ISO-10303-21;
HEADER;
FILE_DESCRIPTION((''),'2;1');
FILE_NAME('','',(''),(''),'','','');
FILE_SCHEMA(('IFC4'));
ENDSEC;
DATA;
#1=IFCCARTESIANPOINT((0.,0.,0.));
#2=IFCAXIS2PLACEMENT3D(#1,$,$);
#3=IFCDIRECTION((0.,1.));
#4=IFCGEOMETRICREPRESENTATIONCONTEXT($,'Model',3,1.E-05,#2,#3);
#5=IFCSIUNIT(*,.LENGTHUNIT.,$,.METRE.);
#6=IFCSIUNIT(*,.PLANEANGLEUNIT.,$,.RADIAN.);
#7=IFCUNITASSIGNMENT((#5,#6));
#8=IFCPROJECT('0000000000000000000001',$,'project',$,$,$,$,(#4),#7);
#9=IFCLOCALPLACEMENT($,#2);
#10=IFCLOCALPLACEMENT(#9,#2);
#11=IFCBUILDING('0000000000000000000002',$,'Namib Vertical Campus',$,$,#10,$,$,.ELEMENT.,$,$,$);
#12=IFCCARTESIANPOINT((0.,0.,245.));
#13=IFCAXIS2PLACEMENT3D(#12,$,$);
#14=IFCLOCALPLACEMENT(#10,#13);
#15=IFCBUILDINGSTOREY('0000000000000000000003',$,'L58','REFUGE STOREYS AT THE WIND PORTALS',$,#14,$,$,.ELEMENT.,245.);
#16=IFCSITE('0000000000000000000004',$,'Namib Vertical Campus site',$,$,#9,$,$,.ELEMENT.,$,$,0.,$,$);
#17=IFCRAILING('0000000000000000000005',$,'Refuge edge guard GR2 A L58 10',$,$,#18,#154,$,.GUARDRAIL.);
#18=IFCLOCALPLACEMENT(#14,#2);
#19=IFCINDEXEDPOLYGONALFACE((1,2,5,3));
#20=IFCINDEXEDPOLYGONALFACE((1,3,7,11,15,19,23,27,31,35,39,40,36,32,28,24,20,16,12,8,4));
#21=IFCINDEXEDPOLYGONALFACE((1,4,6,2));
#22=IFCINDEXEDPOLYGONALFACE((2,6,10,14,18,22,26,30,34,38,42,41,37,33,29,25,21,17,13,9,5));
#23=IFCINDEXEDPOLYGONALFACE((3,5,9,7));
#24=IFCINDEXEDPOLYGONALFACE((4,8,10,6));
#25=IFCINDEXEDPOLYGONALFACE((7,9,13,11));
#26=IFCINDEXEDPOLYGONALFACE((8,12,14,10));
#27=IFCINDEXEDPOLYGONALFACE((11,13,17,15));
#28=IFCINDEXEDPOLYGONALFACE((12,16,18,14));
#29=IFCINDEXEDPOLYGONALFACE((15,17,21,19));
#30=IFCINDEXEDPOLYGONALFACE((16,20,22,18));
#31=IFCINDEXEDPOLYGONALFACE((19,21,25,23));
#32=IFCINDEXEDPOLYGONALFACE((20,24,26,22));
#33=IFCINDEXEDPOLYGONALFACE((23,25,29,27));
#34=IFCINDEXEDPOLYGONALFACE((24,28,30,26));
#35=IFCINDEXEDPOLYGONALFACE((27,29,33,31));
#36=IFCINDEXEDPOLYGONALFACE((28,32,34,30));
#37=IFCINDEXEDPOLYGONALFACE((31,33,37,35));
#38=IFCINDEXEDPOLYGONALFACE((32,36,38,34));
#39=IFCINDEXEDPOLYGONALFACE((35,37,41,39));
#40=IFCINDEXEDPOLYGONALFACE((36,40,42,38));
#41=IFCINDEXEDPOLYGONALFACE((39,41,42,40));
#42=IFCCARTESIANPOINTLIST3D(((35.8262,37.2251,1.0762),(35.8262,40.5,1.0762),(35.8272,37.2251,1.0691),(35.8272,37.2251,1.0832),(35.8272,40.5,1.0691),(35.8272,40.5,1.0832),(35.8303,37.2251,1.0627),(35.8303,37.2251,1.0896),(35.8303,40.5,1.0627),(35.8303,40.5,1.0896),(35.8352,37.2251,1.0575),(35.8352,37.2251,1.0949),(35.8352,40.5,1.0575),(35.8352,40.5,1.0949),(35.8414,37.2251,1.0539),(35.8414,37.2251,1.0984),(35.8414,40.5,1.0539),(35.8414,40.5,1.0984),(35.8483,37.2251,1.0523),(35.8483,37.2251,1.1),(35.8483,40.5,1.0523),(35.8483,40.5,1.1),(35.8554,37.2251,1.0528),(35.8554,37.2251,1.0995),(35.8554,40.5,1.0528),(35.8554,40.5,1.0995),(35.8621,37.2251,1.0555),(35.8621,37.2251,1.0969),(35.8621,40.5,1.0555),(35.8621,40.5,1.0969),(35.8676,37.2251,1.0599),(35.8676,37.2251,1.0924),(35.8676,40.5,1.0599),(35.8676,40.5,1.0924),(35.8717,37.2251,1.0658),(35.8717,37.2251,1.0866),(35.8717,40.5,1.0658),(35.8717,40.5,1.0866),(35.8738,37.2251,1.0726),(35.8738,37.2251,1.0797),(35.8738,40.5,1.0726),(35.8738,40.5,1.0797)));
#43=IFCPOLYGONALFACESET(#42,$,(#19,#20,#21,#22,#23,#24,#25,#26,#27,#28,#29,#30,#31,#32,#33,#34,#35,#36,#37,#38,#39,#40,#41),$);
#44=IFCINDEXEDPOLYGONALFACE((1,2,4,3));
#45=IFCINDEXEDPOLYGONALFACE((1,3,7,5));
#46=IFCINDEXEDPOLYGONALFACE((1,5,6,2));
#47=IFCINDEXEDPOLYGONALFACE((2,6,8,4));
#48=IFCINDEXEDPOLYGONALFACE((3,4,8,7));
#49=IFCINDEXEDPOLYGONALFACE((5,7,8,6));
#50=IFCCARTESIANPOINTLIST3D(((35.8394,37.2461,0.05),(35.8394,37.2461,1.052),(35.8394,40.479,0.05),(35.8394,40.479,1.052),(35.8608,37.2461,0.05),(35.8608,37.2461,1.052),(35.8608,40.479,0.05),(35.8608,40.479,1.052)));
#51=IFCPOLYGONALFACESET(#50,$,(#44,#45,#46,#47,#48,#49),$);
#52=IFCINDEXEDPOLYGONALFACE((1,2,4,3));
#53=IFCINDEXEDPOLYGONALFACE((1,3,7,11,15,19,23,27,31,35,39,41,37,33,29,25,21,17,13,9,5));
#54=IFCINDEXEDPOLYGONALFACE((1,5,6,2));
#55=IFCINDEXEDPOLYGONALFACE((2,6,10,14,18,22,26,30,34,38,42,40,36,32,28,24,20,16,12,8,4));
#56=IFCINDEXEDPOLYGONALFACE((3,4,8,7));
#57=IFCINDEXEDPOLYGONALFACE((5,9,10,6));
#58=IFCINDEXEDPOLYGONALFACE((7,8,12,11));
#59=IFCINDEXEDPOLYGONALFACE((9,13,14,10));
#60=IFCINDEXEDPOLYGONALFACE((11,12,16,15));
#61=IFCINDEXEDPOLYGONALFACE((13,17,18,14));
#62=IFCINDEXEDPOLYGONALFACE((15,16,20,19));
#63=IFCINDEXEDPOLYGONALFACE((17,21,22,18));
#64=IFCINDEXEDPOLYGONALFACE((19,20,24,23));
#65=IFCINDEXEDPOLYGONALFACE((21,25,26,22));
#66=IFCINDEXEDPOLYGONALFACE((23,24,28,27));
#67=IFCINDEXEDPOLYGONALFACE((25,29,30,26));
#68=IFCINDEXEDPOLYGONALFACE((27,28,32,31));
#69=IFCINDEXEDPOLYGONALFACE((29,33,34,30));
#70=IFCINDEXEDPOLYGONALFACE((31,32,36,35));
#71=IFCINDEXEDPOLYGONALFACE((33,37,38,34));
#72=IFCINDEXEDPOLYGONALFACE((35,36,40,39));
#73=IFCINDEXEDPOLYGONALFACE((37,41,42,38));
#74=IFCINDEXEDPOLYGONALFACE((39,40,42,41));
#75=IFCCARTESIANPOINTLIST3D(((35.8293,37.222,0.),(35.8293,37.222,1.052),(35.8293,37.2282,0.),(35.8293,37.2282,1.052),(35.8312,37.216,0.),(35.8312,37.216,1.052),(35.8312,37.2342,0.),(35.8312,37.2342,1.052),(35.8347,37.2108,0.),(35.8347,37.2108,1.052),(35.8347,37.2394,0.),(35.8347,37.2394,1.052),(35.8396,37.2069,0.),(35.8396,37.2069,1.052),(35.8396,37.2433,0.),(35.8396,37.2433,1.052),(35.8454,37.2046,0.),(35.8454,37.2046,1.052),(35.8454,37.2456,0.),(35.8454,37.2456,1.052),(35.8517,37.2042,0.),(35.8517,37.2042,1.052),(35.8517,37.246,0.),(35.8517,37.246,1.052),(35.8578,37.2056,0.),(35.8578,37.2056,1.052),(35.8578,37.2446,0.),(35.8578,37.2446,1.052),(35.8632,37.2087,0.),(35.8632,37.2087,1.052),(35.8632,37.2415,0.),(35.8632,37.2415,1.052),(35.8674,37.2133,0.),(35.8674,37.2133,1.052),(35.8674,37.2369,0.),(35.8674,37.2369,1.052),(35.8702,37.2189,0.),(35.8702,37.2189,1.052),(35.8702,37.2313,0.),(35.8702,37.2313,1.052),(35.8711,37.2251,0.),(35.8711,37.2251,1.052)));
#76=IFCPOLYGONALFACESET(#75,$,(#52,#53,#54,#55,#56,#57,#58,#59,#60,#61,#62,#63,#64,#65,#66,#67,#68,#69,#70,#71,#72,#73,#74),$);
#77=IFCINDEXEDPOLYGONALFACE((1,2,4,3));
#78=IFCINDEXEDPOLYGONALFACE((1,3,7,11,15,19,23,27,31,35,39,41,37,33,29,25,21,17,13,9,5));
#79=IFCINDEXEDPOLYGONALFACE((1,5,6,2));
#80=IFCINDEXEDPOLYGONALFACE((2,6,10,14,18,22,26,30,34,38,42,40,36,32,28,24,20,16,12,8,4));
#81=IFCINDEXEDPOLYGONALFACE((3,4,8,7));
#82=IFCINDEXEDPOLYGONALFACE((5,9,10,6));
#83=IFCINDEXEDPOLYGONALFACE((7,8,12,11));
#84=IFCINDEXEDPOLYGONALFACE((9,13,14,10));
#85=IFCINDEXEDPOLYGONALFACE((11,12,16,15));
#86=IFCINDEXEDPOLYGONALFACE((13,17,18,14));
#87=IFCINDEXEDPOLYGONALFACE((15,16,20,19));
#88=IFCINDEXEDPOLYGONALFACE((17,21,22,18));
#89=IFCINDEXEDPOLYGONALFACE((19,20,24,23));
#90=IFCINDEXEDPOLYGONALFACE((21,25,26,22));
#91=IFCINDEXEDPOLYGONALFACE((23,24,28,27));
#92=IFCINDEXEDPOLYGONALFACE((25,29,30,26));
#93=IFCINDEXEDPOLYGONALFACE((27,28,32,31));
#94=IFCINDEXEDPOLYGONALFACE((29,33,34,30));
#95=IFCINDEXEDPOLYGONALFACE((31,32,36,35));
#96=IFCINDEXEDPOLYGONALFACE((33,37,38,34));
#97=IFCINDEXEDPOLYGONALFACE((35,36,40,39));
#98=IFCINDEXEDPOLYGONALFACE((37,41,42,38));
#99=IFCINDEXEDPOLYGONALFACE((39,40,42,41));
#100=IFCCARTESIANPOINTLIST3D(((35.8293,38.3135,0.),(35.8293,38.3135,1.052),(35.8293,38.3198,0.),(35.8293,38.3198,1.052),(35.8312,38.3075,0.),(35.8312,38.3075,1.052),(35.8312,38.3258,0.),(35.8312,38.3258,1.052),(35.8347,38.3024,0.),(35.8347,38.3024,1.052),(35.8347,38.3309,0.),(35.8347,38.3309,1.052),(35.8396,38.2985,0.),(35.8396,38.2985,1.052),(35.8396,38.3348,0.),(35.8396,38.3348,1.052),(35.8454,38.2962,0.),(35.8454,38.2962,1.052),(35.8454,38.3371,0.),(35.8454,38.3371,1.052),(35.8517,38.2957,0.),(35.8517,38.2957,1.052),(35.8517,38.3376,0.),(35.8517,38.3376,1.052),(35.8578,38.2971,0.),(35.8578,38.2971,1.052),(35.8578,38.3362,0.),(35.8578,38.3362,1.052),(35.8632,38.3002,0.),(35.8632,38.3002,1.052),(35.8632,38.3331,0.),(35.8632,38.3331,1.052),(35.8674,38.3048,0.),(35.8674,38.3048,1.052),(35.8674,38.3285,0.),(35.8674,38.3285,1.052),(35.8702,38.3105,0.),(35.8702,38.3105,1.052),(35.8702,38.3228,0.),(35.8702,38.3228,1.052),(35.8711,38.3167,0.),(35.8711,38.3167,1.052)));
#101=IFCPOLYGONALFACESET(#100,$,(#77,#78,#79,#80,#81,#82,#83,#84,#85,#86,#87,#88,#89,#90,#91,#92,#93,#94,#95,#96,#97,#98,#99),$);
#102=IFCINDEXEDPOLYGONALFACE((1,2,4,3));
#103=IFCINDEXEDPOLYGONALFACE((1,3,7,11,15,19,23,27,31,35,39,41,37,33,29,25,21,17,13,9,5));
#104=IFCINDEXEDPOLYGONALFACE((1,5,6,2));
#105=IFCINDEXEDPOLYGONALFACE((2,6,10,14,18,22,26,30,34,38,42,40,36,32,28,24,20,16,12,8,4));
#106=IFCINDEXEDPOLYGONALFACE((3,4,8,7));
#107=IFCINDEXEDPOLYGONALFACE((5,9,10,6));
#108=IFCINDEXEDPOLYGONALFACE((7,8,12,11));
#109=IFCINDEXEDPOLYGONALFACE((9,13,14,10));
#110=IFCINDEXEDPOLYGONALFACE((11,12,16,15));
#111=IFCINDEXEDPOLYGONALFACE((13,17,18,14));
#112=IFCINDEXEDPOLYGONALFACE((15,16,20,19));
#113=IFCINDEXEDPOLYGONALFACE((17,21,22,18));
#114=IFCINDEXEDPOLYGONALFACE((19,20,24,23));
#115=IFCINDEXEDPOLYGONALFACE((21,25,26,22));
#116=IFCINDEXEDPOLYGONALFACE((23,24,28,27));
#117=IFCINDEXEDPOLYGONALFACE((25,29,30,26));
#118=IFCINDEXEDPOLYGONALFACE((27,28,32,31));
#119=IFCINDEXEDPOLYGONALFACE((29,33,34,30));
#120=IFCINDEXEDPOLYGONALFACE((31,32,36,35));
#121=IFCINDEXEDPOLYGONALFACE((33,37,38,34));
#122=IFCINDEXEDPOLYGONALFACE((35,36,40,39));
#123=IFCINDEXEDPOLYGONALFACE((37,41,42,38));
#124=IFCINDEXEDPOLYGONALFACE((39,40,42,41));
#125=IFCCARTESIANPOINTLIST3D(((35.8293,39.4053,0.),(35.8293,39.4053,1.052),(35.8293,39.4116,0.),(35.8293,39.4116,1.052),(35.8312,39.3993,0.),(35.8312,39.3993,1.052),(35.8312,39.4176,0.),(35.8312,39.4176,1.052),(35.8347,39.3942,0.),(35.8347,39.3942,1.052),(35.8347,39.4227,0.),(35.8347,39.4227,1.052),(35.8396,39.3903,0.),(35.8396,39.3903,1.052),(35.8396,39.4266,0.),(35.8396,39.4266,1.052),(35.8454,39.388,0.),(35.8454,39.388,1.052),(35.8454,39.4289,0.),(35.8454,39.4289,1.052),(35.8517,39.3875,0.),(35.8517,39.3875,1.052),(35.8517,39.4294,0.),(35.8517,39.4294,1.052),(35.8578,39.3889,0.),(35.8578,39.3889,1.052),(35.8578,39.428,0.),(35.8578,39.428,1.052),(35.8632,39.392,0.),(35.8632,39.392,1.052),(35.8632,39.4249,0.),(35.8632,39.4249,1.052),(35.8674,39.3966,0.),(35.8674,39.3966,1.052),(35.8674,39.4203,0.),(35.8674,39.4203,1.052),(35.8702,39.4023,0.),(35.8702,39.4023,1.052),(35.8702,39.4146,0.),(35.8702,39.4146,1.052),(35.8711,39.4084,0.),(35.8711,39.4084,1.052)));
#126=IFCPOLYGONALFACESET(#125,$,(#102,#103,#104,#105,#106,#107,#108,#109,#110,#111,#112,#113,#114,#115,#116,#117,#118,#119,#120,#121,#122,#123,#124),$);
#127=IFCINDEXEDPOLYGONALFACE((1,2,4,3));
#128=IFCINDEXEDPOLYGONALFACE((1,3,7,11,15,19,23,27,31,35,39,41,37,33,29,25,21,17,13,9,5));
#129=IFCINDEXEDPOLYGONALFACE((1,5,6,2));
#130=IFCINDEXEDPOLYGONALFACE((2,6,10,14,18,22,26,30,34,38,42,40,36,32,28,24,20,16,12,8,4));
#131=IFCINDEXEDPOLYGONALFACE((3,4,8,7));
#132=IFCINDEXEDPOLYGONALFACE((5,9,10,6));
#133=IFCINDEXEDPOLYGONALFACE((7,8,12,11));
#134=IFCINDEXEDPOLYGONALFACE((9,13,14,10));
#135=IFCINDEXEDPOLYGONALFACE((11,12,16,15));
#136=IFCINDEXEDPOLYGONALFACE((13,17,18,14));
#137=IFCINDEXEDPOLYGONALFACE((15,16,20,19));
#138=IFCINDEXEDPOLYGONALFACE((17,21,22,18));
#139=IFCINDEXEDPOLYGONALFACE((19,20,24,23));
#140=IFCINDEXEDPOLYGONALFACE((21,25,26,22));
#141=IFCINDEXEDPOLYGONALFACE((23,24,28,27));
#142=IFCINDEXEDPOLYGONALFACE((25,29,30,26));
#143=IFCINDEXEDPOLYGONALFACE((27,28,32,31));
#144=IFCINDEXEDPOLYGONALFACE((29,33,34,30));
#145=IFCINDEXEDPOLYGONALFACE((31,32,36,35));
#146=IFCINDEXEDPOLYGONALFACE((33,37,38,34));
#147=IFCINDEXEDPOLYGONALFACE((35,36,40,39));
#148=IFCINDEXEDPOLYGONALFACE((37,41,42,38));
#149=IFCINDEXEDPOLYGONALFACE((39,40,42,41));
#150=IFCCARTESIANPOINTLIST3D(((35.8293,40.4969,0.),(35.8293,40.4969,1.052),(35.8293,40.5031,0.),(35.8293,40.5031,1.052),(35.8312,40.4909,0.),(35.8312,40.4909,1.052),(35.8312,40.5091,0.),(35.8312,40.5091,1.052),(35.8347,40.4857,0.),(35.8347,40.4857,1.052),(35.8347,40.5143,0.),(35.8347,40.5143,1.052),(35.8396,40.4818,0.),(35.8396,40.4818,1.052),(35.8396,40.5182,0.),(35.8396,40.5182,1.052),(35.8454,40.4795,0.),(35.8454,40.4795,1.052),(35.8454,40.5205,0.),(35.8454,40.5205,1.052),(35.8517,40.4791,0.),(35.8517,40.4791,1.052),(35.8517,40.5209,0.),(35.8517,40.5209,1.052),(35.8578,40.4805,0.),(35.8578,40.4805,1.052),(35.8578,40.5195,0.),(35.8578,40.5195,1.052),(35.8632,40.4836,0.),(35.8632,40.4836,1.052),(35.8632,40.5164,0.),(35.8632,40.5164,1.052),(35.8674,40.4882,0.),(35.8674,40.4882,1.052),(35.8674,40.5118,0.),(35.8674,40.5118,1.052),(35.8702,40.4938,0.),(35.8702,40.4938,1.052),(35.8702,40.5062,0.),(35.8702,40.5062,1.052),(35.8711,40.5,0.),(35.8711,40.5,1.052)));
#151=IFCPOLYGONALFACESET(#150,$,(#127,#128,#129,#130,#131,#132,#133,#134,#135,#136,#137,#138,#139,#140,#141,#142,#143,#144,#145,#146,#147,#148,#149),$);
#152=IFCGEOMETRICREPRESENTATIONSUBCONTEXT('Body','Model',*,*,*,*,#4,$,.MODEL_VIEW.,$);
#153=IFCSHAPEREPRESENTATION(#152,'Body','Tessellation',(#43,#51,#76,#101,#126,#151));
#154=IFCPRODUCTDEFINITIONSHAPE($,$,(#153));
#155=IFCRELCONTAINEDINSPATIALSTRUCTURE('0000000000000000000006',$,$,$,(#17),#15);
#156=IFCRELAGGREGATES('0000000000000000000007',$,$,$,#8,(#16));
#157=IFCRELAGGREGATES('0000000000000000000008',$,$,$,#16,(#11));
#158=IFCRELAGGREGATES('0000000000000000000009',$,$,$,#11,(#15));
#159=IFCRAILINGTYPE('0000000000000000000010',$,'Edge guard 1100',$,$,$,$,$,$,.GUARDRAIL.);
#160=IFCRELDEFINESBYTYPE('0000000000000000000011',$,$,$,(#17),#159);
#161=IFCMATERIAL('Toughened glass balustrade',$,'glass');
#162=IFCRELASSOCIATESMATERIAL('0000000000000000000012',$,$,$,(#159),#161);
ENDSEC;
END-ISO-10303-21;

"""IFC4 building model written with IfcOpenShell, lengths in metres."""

from ifc_helpers import new_model, si_unit, direction, frame, origin, origin_2d, place, context, subcontext, project, spatial, polyline, circle, outline, extrude, material, type_object, element, save


model = new_model("IFC4")

# Units and contexts
model_context = context("Model", 3, precision=1e-05, world=origin(), true_north=direction((0.0, 1.0)))
body_context = subcontext(model_context, "Body", "Model", "MODEL_VIEW")
ifc_project = project(units=[si_unit("LENGTHUNIT", "METRE"), si_unit("PLANEANGLEUNIT", "RADIAN")], contexts=[model_context])

# Site, building, storey
site_placement = place(None, origin())
site = spatial("IfcSite", under=ifc_project, at=site_placement, Name="Namib Vertical Campus site", CompositionType="ELEMENT", RefElevation=0.0)
building_placement = place(site_placement, origin())
building = spatial("IfcBuilding", under=site, at=building_placement, Name="Namib Vertical Campus", CompositionType="ELEMENT")
storey_placement = place(building_placement, frame((0.0, 0.0, 245.0)))
storey = spatial("IfcBuildingStorey", under=building, at=storey_placement, Name="L58", Description="REFUGE STOREYS AT THE WIND PORTALS", CompositionType="ELEMENT", Elevation=245.0)

# Railing
ifc_material_1 = material(Name="Toughened glass balustrade", Category="glass")
railing_type = type_object("IfcRailingType", Name="Edge guard 1100", PredefinedType="GUARDRAIL", material=ifc_material_1)
railing_1_placement = place(storey_placement, frame((35.8501, 37.2251, 0.0)))
element("IfcRailing", 1, at=railing_1_placement, inside=storey, type_object=railing_type, Name="Refuge edge guard GR2 A L58 10", PredefinedType="GUARDRAIL", context=body_context, shape_type="SweptSolid", body=[
    extrude(circle(Radius=0.0239, at=origin_2d()), frame((0.0, 0.0, 1.0762), z_axis=(0.0, 1.0, 0.0), x_axis=(-1.0, 0.0, 0.0)), (0.0, 0.0, 1.0), 3.2749),
    extrude(outline(polyline([(0.021, 0.05), (3.2539, 0.05), (3.2539, 1.052), (0.021, 1.052), (0.021, 0.05)])), frame((-0.0107, 0.0, 0.0), z_axis=(1.0, 0.0, 0.0), x_axis=(0.0, 1.0, 0.0)), (0.0, 0.0, 1.0), 0.0215),
    extrude(circle(Radius=0.021, at=origin_2d()), origin(), (0.0, 0.0, 1.0), 1.052),
    extrude(circle(Radius=0.021, at=origin_2d()), frame((0.0, 1.0916, 0.0)), (0.0, 0.0, 1.0), 1.052),
    extrude(circle(Radius=0.021, at=origin_2d()), frame((0.0, 2.1833, 0.0)), (0.0, 0.0, 1.0), 1.052),
    extrude(circle(Radius=0.021, at=origin_2d()), frame((0.0, 3.2749, 0.0)), (0.0, 0.0, 1.0), 1.052),
])

save(model, "model.ifc")
